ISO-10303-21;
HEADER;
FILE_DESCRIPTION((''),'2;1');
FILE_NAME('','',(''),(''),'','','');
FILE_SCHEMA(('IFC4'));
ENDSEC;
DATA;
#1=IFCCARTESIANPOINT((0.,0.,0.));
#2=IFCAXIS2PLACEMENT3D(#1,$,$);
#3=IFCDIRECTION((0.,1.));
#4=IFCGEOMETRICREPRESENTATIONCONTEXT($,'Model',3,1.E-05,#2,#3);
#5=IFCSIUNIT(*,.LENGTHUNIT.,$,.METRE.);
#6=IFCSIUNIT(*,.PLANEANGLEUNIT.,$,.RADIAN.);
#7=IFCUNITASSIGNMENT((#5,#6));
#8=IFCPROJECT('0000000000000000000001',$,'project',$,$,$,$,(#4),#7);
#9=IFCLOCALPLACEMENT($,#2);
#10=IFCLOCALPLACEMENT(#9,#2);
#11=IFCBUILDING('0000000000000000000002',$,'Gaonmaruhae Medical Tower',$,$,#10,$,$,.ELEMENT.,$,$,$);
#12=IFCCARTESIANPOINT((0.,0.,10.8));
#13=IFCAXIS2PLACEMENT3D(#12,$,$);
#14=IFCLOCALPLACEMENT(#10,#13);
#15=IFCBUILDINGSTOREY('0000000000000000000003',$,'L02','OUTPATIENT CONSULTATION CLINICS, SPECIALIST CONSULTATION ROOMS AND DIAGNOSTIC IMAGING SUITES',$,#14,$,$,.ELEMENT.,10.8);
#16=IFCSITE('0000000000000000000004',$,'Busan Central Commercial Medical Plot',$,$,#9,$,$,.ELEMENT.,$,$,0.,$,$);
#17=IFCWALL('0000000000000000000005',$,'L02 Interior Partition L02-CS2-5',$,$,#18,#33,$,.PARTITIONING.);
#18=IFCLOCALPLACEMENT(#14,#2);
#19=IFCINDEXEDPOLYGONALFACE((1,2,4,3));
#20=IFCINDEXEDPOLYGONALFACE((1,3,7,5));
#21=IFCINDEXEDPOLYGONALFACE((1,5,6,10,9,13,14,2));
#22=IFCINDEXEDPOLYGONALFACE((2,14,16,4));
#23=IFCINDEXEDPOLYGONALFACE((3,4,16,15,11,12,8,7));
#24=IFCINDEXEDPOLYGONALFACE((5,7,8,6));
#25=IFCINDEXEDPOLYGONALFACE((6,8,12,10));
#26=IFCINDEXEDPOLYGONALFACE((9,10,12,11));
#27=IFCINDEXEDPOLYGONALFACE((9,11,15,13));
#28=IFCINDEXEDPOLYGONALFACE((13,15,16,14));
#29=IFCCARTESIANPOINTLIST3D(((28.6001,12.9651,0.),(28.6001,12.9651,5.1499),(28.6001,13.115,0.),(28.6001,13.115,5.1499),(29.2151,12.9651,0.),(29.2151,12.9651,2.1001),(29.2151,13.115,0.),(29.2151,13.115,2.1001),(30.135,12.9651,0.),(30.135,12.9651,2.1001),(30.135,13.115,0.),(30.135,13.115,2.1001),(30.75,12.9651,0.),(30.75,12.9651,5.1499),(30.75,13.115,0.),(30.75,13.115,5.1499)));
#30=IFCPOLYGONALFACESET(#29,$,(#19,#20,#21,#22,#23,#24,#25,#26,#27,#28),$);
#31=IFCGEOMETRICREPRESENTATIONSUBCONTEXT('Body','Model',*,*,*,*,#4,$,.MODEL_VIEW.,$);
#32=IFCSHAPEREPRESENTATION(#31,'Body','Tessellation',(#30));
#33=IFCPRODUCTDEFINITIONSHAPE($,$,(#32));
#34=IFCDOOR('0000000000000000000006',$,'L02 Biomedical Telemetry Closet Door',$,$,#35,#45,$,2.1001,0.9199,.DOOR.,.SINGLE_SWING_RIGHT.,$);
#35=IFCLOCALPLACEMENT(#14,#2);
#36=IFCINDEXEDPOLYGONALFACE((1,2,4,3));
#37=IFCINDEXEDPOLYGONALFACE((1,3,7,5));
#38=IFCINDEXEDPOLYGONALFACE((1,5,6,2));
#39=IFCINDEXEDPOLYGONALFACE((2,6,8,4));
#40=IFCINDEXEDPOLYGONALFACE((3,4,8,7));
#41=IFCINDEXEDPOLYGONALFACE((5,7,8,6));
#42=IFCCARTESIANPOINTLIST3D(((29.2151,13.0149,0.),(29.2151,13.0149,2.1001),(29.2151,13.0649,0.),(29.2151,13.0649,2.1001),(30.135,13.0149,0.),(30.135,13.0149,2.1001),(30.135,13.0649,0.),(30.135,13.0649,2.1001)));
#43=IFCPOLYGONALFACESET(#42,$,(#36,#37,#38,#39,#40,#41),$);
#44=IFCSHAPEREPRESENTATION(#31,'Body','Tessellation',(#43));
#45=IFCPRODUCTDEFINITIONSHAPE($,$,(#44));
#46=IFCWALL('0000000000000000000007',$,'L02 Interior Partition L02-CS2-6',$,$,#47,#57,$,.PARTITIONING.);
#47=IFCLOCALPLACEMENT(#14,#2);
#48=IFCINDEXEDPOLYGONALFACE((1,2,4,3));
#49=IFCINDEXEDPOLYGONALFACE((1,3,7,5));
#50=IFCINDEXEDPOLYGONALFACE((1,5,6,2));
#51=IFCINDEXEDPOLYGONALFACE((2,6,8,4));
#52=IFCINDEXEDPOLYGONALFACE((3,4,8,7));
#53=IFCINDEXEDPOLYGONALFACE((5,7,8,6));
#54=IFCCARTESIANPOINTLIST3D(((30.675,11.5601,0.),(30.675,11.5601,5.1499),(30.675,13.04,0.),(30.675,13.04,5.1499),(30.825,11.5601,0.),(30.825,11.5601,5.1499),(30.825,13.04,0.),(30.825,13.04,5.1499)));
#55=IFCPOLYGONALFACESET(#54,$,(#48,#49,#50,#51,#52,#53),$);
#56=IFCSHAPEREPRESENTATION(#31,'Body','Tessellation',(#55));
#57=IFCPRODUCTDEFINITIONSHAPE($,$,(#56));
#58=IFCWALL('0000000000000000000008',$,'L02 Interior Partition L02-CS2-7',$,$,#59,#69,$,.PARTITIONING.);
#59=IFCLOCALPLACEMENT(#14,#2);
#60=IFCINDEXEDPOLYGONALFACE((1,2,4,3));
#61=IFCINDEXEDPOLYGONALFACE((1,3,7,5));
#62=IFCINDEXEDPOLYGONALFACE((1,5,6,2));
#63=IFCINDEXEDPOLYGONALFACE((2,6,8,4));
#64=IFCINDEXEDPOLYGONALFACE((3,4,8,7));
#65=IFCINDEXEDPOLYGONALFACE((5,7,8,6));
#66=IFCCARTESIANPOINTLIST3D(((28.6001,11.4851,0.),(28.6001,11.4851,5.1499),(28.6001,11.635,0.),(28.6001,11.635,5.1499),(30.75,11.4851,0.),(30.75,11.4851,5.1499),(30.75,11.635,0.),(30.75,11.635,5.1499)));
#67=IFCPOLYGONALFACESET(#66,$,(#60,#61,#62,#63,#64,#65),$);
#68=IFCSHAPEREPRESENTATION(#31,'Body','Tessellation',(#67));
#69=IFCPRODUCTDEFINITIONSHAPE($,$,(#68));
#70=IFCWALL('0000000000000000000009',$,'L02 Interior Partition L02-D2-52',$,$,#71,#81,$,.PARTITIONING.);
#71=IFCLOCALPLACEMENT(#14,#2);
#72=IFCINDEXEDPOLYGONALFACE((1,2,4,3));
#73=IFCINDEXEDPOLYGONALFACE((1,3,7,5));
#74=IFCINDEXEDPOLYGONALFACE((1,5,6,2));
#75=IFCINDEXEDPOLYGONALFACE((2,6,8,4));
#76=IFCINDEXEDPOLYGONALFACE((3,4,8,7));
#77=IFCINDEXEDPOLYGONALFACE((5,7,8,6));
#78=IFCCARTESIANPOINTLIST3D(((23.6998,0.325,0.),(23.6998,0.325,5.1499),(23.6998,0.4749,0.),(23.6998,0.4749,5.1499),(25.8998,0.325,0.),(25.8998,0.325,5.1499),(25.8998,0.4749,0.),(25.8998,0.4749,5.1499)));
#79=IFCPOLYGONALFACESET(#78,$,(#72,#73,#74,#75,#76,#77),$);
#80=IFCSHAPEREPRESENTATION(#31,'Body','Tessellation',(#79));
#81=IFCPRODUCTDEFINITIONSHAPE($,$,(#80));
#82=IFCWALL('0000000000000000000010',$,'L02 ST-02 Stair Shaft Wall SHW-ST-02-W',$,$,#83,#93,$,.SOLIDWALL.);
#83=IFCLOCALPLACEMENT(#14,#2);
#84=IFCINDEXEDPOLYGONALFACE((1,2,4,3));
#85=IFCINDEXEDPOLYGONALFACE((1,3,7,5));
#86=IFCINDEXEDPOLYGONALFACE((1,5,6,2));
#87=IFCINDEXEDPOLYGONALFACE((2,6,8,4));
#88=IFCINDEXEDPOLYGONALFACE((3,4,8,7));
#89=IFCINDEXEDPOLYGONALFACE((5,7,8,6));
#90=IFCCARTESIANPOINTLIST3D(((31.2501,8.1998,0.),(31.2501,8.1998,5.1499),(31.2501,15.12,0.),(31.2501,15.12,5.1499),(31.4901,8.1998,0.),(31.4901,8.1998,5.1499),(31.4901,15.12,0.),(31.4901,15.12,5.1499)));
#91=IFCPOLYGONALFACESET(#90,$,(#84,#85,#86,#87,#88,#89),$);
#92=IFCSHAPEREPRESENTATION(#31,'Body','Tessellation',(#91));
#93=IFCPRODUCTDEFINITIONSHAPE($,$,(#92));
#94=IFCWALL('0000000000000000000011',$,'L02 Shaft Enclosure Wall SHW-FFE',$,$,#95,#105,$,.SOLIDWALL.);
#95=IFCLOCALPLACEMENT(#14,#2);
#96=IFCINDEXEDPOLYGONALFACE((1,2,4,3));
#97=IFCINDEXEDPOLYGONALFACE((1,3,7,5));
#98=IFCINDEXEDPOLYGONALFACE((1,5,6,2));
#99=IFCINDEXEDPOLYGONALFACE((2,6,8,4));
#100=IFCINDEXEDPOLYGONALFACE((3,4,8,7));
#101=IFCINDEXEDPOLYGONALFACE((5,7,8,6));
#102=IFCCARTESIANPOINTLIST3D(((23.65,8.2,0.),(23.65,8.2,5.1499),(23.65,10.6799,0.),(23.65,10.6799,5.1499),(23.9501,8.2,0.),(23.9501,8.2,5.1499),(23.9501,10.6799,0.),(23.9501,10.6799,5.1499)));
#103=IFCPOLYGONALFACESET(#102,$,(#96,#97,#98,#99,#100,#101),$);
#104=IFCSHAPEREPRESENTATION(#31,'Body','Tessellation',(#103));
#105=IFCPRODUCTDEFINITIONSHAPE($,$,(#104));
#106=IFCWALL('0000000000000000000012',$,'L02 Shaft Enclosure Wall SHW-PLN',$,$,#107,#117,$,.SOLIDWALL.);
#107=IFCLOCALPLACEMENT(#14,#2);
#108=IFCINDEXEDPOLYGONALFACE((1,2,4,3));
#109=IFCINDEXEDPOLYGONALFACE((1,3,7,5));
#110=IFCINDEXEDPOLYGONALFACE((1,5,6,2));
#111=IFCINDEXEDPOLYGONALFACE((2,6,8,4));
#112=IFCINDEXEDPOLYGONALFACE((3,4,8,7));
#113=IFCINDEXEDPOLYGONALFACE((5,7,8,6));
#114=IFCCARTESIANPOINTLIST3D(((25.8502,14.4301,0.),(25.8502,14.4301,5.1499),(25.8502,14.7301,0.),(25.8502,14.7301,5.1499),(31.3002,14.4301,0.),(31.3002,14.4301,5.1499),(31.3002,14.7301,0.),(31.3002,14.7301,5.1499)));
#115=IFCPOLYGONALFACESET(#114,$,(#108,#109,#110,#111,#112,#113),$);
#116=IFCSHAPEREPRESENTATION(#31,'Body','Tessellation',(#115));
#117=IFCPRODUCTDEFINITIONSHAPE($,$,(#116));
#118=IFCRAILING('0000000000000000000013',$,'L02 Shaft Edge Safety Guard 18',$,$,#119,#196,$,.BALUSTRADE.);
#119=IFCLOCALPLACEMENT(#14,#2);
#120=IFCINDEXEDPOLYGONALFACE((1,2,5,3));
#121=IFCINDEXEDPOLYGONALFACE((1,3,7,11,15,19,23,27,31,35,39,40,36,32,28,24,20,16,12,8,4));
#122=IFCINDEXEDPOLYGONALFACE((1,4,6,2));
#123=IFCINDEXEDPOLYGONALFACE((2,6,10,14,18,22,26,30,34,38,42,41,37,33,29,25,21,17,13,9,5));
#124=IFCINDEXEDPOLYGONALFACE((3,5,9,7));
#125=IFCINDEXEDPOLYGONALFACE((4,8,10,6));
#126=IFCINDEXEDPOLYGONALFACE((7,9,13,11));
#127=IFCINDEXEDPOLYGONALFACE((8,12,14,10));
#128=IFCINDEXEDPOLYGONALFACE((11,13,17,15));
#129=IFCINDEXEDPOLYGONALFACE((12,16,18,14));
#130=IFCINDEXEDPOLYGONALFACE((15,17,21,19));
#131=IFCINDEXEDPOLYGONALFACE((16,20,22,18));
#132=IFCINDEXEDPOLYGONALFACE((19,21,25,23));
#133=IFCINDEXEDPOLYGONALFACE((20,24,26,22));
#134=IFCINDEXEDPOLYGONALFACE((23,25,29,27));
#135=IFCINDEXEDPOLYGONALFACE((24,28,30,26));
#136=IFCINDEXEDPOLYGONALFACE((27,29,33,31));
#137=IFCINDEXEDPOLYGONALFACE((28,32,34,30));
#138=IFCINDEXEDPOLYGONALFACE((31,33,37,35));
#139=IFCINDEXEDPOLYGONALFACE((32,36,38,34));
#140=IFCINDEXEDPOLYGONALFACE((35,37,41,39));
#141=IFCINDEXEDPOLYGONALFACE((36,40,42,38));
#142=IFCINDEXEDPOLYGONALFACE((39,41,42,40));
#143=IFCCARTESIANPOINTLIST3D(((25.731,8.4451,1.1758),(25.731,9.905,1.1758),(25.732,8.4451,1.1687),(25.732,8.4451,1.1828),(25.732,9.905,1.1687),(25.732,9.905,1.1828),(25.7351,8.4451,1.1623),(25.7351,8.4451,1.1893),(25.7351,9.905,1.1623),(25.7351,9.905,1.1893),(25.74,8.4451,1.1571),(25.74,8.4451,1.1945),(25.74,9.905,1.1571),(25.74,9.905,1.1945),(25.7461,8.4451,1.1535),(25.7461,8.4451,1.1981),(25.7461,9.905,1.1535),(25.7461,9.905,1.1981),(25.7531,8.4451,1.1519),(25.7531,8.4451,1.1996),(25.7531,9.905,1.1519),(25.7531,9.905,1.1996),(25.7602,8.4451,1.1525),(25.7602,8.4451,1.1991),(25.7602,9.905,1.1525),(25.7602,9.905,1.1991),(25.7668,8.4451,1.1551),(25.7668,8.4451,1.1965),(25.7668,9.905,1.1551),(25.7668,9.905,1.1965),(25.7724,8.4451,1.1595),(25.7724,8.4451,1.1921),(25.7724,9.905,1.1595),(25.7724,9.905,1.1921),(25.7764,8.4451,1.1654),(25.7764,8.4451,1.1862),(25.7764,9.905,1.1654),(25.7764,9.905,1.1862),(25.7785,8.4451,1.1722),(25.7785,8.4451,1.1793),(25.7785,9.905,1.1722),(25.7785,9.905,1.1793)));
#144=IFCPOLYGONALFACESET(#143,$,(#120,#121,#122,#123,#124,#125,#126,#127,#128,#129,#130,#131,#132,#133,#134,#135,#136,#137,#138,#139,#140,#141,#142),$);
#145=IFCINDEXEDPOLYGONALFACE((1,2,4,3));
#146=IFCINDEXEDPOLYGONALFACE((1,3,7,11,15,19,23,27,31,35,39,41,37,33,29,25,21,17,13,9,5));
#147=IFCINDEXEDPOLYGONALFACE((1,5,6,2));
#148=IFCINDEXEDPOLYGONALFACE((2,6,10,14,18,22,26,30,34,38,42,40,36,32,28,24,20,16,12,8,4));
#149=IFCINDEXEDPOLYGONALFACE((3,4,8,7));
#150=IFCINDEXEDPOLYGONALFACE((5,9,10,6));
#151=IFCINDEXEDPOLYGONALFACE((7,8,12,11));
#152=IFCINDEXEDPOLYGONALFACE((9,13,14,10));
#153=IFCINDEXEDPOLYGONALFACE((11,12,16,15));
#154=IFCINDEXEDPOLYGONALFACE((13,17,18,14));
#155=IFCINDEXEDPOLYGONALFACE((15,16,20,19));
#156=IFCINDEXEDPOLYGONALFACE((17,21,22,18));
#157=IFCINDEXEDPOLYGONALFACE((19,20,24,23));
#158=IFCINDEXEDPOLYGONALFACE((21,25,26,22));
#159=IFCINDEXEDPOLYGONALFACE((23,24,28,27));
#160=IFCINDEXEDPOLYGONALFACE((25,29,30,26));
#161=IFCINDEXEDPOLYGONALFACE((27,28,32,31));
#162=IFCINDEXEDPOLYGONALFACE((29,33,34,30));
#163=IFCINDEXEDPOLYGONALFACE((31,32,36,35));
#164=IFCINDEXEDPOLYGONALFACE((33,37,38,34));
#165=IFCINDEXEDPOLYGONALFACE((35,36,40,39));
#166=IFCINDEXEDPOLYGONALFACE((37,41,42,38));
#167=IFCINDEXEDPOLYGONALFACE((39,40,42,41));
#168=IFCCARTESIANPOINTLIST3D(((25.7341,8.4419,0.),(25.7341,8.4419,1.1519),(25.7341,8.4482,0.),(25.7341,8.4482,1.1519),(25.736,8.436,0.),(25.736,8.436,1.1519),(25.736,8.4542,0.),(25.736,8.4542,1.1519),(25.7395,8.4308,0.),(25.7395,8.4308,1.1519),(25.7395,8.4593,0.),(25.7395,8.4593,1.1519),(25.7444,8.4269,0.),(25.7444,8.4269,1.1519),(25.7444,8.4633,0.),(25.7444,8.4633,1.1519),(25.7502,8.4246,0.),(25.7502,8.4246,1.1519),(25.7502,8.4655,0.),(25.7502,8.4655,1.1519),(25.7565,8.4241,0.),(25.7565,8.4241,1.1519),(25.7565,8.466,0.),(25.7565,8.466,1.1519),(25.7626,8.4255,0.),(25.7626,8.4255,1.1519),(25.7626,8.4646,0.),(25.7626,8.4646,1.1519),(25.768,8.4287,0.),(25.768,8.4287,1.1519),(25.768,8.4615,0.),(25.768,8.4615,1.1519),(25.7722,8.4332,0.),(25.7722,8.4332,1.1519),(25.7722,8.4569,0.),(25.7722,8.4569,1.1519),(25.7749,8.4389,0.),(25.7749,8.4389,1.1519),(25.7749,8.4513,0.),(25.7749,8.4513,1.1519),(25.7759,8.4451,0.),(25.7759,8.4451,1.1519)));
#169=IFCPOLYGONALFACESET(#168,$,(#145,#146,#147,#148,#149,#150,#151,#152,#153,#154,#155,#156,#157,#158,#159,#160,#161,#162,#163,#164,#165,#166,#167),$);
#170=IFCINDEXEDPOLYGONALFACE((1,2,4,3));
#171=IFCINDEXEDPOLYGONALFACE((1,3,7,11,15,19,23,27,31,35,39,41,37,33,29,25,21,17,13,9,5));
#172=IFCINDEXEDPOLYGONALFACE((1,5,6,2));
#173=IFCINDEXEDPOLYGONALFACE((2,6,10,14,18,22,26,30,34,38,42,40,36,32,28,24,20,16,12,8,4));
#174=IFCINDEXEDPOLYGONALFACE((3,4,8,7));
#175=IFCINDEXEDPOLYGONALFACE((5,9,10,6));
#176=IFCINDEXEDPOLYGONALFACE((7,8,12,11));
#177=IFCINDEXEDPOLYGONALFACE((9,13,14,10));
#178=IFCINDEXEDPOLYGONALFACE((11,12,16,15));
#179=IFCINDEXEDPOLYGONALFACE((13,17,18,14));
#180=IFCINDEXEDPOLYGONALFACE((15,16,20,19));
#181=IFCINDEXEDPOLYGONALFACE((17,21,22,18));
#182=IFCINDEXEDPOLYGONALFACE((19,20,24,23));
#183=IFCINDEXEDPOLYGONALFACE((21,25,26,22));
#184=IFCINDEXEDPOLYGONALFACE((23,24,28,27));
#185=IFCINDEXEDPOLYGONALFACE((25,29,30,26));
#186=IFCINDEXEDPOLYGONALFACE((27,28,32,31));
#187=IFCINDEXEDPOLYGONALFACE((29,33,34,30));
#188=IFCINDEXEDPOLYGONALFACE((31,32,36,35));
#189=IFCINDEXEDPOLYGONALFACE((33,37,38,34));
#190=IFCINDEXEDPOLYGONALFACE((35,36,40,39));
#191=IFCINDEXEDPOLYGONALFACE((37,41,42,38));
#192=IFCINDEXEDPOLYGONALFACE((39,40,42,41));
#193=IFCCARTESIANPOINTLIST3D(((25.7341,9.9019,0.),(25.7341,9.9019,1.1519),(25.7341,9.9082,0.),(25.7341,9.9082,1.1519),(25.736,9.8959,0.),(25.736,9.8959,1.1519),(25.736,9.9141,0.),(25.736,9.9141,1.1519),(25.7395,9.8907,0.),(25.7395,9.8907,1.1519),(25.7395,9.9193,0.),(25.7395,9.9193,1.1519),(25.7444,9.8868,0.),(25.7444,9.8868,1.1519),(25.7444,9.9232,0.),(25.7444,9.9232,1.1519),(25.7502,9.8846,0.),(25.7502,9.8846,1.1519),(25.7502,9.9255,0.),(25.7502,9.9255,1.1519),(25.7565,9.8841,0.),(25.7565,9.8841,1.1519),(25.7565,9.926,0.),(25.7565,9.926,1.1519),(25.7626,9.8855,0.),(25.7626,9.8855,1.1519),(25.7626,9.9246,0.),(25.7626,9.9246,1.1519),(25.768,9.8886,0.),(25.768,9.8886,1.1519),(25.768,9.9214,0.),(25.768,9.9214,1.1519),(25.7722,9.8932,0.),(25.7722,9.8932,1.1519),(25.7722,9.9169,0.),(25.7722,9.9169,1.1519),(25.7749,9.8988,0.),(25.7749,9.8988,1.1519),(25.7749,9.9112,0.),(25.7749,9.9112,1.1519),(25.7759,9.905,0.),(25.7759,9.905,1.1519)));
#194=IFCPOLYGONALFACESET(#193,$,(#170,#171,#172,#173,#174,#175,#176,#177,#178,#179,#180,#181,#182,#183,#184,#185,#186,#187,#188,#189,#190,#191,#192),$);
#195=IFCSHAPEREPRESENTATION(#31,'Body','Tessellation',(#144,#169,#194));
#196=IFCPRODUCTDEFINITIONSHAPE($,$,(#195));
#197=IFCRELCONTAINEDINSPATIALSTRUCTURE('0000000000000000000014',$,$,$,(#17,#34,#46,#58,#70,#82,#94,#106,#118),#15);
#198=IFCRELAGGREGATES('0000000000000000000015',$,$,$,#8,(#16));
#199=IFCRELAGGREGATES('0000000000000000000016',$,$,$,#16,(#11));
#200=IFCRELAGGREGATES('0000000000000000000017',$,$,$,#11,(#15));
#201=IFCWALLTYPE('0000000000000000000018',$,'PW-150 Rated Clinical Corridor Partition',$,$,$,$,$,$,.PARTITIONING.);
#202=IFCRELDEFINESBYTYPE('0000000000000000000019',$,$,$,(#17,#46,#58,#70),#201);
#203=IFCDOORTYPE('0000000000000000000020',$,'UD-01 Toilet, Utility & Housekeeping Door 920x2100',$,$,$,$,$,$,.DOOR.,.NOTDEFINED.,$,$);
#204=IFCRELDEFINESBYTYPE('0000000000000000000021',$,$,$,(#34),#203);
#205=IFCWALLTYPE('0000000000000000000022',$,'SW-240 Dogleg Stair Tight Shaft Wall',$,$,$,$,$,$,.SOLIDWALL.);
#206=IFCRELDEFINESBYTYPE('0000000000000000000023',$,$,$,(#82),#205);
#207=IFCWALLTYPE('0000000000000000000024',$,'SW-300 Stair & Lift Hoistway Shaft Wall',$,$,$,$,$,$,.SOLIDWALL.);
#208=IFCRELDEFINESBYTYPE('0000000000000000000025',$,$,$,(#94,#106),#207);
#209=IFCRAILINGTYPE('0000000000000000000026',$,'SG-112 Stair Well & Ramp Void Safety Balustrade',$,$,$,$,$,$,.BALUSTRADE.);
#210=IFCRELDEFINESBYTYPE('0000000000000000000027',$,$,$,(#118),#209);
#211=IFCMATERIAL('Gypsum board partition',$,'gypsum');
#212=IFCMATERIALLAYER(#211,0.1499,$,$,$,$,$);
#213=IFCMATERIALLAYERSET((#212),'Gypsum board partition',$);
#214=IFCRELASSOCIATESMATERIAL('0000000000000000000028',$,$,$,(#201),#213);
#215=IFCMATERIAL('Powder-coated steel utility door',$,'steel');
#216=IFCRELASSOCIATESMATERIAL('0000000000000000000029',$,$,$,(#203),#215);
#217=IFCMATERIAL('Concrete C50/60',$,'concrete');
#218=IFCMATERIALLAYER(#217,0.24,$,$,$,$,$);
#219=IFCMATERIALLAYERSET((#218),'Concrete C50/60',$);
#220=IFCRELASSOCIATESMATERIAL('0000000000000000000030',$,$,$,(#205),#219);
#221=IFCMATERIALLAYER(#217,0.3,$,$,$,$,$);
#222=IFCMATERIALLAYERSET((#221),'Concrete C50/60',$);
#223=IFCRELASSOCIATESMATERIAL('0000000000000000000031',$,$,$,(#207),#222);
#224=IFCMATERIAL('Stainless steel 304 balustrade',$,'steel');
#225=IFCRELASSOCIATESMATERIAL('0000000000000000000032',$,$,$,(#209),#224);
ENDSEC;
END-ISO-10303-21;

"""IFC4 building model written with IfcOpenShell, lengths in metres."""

from ifc_helpers import new_model, si_unit, direction, frame, frame_2d, origin, origin_2d, place, context, subcontext, project, spatial, rectangle, circle, extrude, material, layer, layer_set, type_object, element, fill, save


model = new_model("IFC4")

# Units and contexts
model_context = context("Model", 3, precision=1e-05, world=origin(), true_north=direction((0.0, 1.0)))
body_context = subcontext(model_context, "Body", "Model", "MODEL_VIEW")
ifc_project = project(units=[si_unit("LENGTHUNIT", "METRE"), si_unit("PLANEANGLEUNIT", "RADIAN")], contexts=[model_context])

# Site, building, storey
site_placement = place(None, origin())
site = spatial("IfcSite", under=ifc_project, at=site_placement, Name="Busan Central Commercial Medical Plot", CompositionType="ELEMENT", RefElevation=0.0)
building_placement = place(site_placement, origin())
building = spatial("IfcBuilding", under=site, at=building_placement, Name="Gaonmaruhae Medical Tower", CompositionType="ELEMENT")
storey_placement = place(building_placement, frame((0.0, 0.0, 10.8)))
storey = spatial("IfcBuildingStorey", under=building, at=storey_placement, Name="L02", Description="OUTPATIENT CONSULTATION CLINICS, SPECIALIST CONSULTATION ROOMS AND DIAGNOSTIC IMAGING SUITES", CompositionType="ELEMENT", Elevation=10.8)

# Shared definitions
ifc_material_1 = material(Name="Concrete C50/60", Category="concrete")

# Shared definitions
ifc_material_2 = material(Name="Gypsum board partition", Category="gypsum")
ifc_layer_1 = layer(ifc_material_2, 0.1499)
ifc_layer_set_1 = layer_set([ifc_layer_1], Name="Gypsum board partition")
wall_type_1 = type_object("IfcWallType", Name="PW-150 Rated Clinical Corridor Partition", PredefinedType="PARTITIONING", material=ifc_layer_set_1)

# Shared definitions
ifc_material_3 = material(Name="Powder-coated steel utility door", Category="steel")
door_type_1 = type_object("IfcDoorType", Name="UD-01 Toilet, Utility & Housekeeping Door 920x2100", OperationType="NOTDEFINED", PredefinedType="DOOR", material=ifc_material_3)

# Wall, opening, door
wall_1_placement = place(storey_placement, frame((28.6001, 13.04, 0.0), z_axis=(0.0, 0.0, 1.0), x_axis=(1.0, 0.0, 0.0)))
wall_1 = element("IfcWall", 1, at=wall_1_placement, inside=storey, type_object=wall_type_1, Name="L02 Interior Partition L02-CS2-5", PredefinedType="PARTITIONING", context=body_context, shape_type="SweptSolid", body=[
    extrude(rectangle(XDim=2.1499, YDim=0.1499, at=frame_2d((1.075, 0.0))), origin(), (0.0, 0.0, 1.0), 5.1499),
])
opening_1_placement = place(wall_1_placement, frame((0.615, 0.0, 0.0)))
opening_1 = element("IfcOpeningElement", 2, at=opening_1_placement, cuts=wall_1, PredefinedType="OPENING", context=body_context, shape_type="SweptSolid", body=[
    extrude(rectangle(XDim=0.9199, YDim=2.1001, at=frame_2d((0.46, 1.05))), frame((0.0, 0.085, 0.0), z_axis=(0.0, -1.0, 0.0), x_axis=(1.0, 0.0, 0.0)), (0.0, 0.0, 1.0), 0.1699),
])
door_1_placement = place(opening_1_placement, origin())
door_1 = element("IfcDoor", 3, at=door_1_placement, inside=storey, type_object=door_type_1, Name="L02 Biomedical Telemetry Closet Door", OperationType="SINGLE_SWING_RIGHT", OverallHeight=2.1001, OverallWidth=0.9199, PredefinedType="DOOR", context=body_context, shape_type="SweptSolid", body=[
    extrude(rectangle(XDim=0.9199, YDim=2.1001, at=frame_2d((0.46, 1.05))), frame((0.0, 0.0249, 0.0), z_axis=(0.0, -1.0, 0.0), x_axis=(1.0, 0.0, 0.0)), (0.0, 0.0, 1.0), 0.05),
])
fill(opening_1, door_1)

# Walls
wall_2_placement = place(storey_placement, frame((30.75, 13.04, 0.0), z_axis=(0.0, 0.0, 1.0), x_axis=(0.0, -1.0, 0.0)))
element("IfcWall", 4, at=wall_2_placement, inside=storey, type_object=wall_type_1, Name="L02 Interior Partition L02-CS2-6", PredefinedType="PARTITIONING", context=body_context, shape_type="SweptSolid", body=[
    extrude(rectangle(XDim=1.48, YDim=0.1499, at=frame_2d((0.74, 0.0))), origin(), (0.0, 0.0, 1.0), 5.1499),
])
wall_3_placement = place(storey_placement, frame((30.75, 11.5601, 0.0), z_axis=(0.0, 0.0, 1.0), x_axis=(-1.0, 0.0, 0.0)))
element("IfcWall", 5, at=wall_3_placement, inside=storey, type_object=wall_type_1, Name="L02 Interior Partition L02-CS2-7", PredefinedType="PARTITIONING", context=body_context, shape_type="SweptSolid", body=[
    extrude(rectangle(XDim=2.1499, YDim=0.1499, at=frame_2d((1.075, 0.0))), origin(), (0.0, 0.0, 1.0), 5.1499),
])
wall_4_placement = place(storey_placement, frame((25.8999, 0.3999, 0.0), z_axis=(0.0, 0.0, 1.0), x_axis=(-1.0, 0.0, 0.0)))
element("IfcWall", 6, at=wall_4_placement, inside=storey, type_object=wall_type_1, Name="L02 Interior Partition L02-D2-52", PredefinedType="PARTITIONING", context=body_context, shape_type="SweptSolid", body=[
    extrude(rectangle(XDim=2.2, YDim=0.1499, at=frame_2d((1.1001, 0.0))), origin(), (0.0, 0.0, 1.0), 5.1499),
])

# Shared definitions
ifc_layer_2 = layer(ifc_material_1, 0.24)
ifc_layer_set_2 = layer_set([ifc_layer_2], Name="Concrete C50/60")
wall_type_2 = type_object("IfcWallType", Name="SW-240 Dogleg Stair Tight Shaft Wall", PredefinedType="SOLIDWALL", material=ifc_layer_set_2)

# Walls
wall_5_placement = place(storey_placement, frame((31.3701, 8.2, 0.0), z_axis=(0.0, 0.0, 1.0), x_axis=(0.0, 1.0, 0.0)))
element("IfcWall", 7, at=wall_5_placement, inside=storey, type_object=wall_type_2, Name="L02 ST-02 Stair Shaft Wall SHW-ST-02-W", PredefinedType="SOLIDWALL", context=body_context, shape_type="SweptSolid", body=[
    extrude(rectangle(XDim=6.9202, YDim=0.24, at=frame_2d((3.46, 0.0))), origin(), (0.0, 0.0, 1.0), 5.1499),
])
ifc_layer_3 = layer(ifc_material_1, 0.3)
ifc_layer_set_3 = layer_set([ifc_layer_3], Name="Concrete C50/60")
wall_type_3 = type_object("IfcWallType", Name="SW-300 Stair & Lift Hoistway Shaft Wall", PredefinedType="SOLIDWALL", material=ifc_layer_set_3)
wall_6_placement = place(storey_placement, frame((23.8, 8.2, 0.0), z_axis=(0.0, 0.0, 1.0), x_axis=(0.0, 1.0, 0.0)))
element("IfcWall", 8, at=wall_6_placement, inside=storey, type_object=wall_type_3, Name="L02 Shaft Enclosure Wall SHW-FFE", PredefinedType="SOLIDWALL", context=body_context, shape_type="SweptSolid", body=[
    extrude(rectangle(XDim=2.48, YDim=0.3, at=frame_2d((1.24, 0.0))), origin(), (0.0, 0.0, 1.0), 5.1499),
])

# Wall
wall_7_placement = place(storey_placement, frame((25.8501, 14.5801, 0.0), z_axis=(0.0, 0.0, 1.0), x_axis=(1.0, 0.0, 0.0)))
element("IfcWall", 9, at=wall_7_placement, inside=storey, type_object=wall_type_3, Name="L02 Shaft Enclosure Wall SHW-PLN", PredefinedType="SOLIDWALL", context=body_context, shape_type="SweptSolid", body=[
    extrude(rectangle(XDim=5.45, YDim=0.3, at=frame_2d((2.7251, 0.0))), origin(), (0.0, 0.0, 1.0), 5.1499),
])

# Railing
ifc_material_4 = material(Name="Stainless steel 304 balustrade", Category="steel")
railing_type = type_object("IfcRailingType", Name="SG-112 Stair Well & Ramp Void Safety Balustrade", PredefinedType="BALUSTRADE", material=ifc_material_4)
railing_1_placement = place(storey_placement, frame((25.7549, 8.4451, 0.0)))
element("IfcRailing", 10, at=railing_1_placement, inside=storey, type_object=railing_type, Name="L02 Shaft Edge Safety Guard 18", PredefinedType="BALUSTRADE", context=body_context, shape_type="SweptSolid", body=[
    extrude(circle(Radius=0.0239, at=origin_2d()), frame((0.0, 0.0, 1.1758), z_axis=(0.0, 1.0, 0.0), x_axis=(-1.0, 0.0, 0.0)), (0.0, 0.0, 1.0), 1.46),
    extrude(circle(Radius=0.021, at=origin_2d()), origin(), (0.0, 0.0, 1.0), 1.1519),
    extrude(circle(Radius=0.021, at=origin_2d()), frame((0.0, 1.46, 0.0)), (0.0, 0.0, 1.0), 1.1519),
])

save(model, "model.ifc")
